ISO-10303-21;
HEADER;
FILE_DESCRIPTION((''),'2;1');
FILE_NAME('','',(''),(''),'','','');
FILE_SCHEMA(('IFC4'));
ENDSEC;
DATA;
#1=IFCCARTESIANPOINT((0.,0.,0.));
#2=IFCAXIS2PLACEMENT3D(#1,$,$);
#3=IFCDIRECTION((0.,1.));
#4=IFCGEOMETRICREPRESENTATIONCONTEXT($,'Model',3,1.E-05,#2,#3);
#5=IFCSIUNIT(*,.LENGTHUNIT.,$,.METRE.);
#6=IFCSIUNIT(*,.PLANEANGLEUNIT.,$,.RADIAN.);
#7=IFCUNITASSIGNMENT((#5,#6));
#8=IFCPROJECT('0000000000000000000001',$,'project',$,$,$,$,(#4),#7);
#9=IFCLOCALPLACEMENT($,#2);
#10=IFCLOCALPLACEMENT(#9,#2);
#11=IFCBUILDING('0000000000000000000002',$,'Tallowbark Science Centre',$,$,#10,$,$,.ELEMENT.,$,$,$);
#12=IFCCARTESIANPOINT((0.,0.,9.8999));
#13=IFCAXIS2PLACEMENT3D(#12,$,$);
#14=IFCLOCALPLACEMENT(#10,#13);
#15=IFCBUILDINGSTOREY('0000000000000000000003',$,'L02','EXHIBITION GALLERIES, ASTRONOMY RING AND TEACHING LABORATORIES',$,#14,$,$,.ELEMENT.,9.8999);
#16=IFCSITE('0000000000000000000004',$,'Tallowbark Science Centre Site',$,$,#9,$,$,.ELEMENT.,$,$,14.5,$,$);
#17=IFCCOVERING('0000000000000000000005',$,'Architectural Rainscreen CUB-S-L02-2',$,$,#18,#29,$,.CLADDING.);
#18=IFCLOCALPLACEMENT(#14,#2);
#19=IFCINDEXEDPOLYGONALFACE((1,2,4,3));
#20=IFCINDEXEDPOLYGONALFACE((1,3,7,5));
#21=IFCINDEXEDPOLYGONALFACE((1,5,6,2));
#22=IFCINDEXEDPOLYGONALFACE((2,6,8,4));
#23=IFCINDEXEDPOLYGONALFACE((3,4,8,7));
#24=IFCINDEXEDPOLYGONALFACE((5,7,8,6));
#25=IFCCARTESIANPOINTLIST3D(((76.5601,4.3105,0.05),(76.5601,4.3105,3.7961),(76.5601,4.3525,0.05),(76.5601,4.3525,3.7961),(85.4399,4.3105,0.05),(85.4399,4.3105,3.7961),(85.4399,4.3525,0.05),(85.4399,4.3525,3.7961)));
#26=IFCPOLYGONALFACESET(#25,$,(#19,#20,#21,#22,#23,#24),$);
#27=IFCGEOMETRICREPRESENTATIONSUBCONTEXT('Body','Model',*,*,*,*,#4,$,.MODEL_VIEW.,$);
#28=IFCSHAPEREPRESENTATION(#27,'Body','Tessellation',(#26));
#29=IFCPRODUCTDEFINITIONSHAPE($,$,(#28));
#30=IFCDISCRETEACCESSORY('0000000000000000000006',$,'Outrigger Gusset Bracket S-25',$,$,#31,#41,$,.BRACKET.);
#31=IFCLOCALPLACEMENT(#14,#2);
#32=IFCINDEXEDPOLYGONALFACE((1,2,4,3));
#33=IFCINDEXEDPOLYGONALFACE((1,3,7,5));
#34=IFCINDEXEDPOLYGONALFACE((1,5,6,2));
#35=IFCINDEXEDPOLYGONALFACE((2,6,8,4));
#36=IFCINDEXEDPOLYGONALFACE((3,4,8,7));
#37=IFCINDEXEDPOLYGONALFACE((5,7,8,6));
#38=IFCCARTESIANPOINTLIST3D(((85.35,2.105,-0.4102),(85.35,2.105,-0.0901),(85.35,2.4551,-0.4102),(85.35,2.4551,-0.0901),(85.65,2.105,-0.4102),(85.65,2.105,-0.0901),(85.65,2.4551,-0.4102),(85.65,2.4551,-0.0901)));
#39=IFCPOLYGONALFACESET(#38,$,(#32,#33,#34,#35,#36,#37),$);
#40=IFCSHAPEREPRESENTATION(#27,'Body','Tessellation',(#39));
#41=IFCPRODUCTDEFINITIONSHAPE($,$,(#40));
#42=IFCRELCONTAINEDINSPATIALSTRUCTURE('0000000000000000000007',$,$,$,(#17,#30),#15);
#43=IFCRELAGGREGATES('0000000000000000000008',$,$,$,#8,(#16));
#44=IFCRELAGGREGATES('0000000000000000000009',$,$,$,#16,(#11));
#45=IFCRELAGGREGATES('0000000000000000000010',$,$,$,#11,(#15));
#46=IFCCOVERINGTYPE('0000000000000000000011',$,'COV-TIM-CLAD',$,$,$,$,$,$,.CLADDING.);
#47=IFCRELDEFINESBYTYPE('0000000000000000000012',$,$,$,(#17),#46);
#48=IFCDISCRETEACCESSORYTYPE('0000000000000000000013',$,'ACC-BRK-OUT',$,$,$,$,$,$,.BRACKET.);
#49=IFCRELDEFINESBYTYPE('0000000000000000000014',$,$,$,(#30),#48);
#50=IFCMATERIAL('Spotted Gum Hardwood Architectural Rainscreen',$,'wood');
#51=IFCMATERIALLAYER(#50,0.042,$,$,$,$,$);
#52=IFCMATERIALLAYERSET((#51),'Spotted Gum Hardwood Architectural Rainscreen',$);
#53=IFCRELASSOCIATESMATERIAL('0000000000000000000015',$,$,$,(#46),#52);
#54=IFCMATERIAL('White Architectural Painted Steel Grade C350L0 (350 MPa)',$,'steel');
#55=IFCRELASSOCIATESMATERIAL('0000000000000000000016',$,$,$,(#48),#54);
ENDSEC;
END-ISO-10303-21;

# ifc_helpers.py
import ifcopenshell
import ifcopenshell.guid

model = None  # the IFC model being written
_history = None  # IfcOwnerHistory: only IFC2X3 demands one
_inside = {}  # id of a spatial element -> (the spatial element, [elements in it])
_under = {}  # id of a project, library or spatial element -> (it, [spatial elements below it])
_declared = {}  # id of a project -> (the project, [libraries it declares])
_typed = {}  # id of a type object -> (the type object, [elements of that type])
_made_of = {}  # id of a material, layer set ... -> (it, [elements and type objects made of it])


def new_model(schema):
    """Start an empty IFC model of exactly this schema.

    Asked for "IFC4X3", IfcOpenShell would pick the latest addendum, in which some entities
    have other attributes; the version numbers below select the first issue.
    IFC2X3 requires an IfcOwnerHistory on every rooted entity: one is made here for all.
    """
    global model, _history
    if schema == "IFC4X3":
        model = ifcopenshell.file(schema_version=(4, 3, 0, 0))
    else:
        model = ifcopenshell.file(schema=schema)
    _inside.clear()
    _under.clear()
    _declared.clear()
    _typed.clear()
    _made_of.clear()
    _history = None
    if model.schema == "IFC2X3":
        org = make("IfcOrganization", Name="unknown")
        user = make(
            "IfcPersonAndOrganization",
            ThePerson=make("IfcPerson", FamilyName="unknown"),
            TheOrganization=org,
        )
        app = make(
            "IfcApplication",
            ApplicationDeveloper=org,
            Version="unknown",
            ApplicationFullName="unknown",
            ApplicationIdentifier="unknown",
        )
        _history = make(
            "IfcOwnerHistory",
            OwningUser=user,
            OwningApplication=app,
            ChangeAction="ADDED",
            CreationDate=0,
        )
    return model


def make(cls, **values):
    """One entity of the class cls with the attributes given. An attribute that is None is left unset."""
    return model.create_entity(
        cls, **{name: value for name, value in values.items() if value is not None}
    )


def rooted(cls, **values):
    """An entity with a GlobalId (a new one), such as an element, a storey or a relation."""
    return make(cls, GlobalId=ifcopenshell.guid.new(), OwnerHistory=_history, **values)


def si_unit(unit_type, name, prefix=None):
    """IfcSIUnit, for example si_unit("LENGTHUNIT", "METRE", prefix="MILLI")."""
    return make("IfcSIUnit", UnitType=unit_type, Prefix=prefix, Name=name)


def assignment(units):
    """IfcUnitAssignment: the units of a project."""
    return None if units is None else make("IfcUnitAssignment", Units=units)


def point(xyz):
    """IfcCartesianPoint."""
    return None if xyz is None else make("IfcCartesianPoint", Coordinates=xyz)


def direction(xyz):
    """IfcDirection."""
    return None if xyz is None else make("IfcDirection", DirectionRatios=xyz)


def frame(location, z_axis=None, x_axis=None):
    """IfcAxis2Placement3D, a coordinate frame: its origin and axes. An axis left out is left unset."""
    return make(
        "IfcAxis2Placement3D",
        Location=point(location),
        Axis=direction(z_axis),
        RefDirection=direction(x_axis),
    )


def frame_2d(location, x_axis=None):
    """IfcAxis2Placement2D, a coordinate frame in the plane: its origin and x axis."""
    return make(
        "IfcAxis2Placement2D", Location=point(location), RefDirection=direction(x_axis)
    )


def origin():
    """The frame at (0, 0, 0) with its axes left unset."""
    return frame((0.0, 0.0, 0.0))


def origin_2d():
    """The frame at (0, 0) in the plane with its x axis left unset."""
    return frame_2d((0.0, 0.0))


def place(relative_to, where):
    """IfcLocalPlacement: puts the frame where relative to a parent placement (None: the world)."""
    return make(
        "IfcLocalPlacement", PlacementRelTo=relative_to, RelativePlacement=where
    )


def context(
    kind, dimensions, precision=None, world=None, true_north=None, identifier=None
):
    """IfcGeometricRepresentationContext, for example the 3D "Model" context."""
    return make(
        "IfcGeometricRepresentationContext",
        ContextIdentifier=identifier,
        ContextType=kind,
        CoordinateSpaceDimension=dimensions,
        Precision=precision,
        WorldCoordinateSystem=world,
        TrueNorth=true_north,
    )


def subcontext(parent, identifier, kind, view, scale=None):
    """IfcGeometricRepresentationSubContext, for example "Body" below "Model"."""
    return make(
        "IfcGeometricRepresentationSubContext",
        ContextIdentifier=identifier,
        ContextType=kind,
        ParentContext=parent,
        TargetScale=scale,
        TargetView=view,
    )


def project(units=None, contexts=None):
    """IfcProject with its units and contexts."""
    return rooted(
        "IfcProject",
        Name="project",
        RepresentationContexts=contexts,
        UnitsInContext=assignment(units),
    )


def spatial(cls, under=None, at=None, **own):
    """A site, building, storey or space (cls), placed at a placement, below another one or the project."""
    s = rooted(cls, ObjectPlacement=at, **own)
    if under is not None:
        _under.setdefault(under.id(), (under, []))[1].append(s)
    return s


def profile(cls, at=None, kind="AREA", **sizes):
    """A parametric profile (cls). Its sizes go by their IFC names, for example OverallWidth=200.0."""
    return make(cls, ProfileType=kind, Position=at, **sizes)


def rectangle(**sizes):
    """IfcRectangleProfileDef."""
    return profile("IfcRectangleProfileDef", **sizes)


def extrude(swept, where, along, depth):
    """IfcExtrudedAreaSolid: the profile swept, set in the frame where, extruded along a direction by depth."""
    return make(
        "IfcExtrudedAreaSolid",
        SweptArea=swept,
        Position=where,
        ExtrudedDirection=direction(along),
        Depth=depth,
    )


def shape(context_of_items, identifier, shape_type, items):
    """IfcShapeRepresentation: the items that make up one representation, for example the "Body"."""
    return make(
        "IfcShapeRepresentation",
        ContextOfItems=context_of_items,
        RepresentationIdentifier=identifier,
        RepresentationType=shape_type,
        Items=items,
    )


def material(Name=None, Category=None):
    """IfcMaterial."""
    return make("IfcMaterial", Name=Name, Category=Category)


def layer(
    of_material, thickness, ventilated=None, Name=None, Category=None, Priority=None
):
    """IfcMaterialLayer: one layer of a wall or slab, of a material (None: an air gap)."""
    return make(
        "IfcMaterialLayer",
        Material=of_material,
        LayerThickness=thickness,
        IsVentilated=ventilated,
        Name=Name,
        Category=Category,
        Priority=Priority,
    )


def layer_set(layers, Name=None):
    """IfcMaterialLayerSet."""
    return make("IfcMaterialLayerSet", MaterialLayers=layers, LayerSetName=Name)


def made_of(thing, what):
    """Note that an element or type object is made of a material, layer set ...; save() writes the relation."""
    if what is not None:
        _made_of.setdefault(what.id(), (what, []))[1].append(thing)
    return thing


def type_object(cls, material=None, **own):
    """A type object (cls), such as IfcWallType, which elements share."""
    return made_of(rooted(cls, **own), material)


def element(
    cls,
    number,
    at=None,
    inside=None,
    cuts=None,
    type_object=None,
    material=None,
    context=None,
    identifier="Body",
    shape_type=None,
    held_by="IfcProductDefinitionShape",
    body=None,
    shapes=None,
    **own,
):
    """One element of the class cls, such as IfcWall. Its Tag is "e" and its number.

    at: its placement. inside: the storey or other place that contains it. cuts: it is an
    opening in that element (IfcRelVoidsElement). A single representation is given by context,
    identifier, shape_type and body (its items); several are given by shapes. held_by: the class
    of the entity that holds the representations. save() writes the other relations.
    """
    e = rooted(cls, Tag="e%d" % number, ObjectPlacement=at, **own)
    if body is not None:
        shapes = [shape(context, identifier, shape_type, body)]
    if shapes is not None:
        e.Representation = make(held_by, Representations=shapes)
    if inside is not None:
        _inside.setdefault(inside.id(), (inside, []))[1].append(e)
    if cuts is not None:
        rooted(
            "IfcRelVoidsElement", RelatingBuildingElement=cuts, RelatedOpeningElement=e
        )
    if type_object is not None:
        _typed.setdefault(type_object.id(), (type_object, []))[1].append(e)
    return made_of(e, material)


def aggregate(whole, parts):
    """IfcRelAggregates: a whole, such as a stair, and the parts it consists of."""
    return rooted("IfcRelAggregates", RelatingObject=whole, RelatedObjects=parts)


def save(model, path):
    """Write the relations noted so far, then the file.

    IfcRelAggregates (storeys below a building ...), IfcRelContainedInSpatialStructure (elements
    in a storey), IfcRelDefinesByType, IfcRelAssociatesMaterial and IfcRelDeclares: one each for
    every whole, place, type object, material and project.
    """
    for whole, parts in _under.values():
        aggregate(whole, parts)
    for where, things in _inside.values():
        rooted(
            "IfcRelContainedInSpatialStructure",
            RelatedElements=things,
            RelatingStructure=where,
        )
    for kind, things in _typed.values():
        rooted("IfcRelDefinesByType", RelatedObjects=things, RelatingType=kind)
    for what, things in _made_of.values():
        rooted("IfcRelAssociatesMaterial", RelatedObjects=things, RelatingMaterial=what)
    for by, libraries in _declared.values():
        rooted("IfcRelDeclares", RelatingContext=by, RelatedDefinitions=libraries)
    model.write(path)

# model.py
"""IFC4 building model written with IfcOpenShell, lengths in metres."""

from ifc_helpers import new_model, si_unit, direction, frame, origin, origin_2d, place, context, subcontext, project, spatial, rectangle, extrude, material, layer, layer_set, type_object, element, save


model = new_model("IFC4")

# Units and contexts
model_context = context("Model", 3, precision=1e-05, world=origin(), true_north=direction((0.0, 1.0)))
body_context = subcontext(model_context, "Body", "Model", "MODEL_VIEW")
ifc_project = project(units=[si_unit("LENGTHUNIT", "METRE"), si_unit("PLANEANGLEUNIT", "RADIAN")], contexts=[model_context])

# Site, building, storey
site_placement = place(None, origin())
site = spatial("IfcSite", under=ifc_project, at=site_placement, Name="Tallowbark Science Centre Site", CompositionType="ELEMENT", RefElevation=14.5)
building_placement = place(site_placement, origin())
building = spatial("IfcBuilding", under=site, at=building_placement, Name="Tallowbark Science Centre", CompositionType="ELEMENT")
storey_placement = place(building_placement, frame((0.0, 0.0, 9.8999)))
storey = spatial("IfcBuildingStorey", under=building, at=storey_placement, Name="L02", Description="EXHIBITION GALLERIES, ASTRONOMY RING AND TEACHING LABORATORIES", CompositionType="ELEMENT", Elevation=9.8999)

# Shared definitions
ifc_material_1 = material(Name="White Architectural Painted Steel Grade C350L0 (350 MPa)", Category="steel")

# Covering
ifc_material_2 = material(Name="Spotted Gum Hardwood Architectural Rainscreen", Category="wood")
ifc_layer_1 = layer(ifc_material_2, 0.042)
ifc_layer_set_1 = layer_set([ifc_layer_1], Name="Spotted Gum Hardwood Architectural Rainscreen")
covering_type = type_object("IfcCoveringType", Name="COV-TIM-CLAD", PredefinedType="CLADDING", material=ifc_layer_set_1)
covering_placement = place(storey_placement, frame((81.0, 4.3315, 0.05), z_axis=(0.0, 0.0, 1.0), x_axis=(1.0, 0.0, 0.0)))
element("IfcCovering", 1, at=covering_placement, inside=storey, type_object=covering_type, Name="Architectural Rainscreen CUB-S-L02-2", PredefinedType="CLADDING", context=body_context, shape_type="SweptSolid", body=[
    extrude(rectangle(XDim=8.8799, YDim=0.042, at=origin_2d()), origin(), (0.0, 0.0, 1.0), 3.7461),
])

# Discrete accessory
discrete_accessory_type = type_object("IfcDiscreteAccessoryType", Name="ACC-BRK-OUT", PredefinedType="BRACKET", material=ifc_material_1)
discrete_accessory_placement = place(storey_placement, frame((85.5, 2.28, -0.4102), z_axis=(0.0, 0.0, 1.0), x_axis=(1.0, 0.0, 0.0)))
element("IfcDiscreteAccessory", 2, at=discrete_accessory_placement, inside=storey, type_object=discrete_accessory_type, Name="Outrigger Gusset Bracket S-25", PredefinedType="BRACKET", context=body_context, shape_type="SweptSolid", body=[
    extrude(rectangle(XDim=0.3, YDim=0.3501, at=origin_2d()), origin(), (0.0, 0.0, 1.0), 0.3201),
])

save(model, "model.ifc")
